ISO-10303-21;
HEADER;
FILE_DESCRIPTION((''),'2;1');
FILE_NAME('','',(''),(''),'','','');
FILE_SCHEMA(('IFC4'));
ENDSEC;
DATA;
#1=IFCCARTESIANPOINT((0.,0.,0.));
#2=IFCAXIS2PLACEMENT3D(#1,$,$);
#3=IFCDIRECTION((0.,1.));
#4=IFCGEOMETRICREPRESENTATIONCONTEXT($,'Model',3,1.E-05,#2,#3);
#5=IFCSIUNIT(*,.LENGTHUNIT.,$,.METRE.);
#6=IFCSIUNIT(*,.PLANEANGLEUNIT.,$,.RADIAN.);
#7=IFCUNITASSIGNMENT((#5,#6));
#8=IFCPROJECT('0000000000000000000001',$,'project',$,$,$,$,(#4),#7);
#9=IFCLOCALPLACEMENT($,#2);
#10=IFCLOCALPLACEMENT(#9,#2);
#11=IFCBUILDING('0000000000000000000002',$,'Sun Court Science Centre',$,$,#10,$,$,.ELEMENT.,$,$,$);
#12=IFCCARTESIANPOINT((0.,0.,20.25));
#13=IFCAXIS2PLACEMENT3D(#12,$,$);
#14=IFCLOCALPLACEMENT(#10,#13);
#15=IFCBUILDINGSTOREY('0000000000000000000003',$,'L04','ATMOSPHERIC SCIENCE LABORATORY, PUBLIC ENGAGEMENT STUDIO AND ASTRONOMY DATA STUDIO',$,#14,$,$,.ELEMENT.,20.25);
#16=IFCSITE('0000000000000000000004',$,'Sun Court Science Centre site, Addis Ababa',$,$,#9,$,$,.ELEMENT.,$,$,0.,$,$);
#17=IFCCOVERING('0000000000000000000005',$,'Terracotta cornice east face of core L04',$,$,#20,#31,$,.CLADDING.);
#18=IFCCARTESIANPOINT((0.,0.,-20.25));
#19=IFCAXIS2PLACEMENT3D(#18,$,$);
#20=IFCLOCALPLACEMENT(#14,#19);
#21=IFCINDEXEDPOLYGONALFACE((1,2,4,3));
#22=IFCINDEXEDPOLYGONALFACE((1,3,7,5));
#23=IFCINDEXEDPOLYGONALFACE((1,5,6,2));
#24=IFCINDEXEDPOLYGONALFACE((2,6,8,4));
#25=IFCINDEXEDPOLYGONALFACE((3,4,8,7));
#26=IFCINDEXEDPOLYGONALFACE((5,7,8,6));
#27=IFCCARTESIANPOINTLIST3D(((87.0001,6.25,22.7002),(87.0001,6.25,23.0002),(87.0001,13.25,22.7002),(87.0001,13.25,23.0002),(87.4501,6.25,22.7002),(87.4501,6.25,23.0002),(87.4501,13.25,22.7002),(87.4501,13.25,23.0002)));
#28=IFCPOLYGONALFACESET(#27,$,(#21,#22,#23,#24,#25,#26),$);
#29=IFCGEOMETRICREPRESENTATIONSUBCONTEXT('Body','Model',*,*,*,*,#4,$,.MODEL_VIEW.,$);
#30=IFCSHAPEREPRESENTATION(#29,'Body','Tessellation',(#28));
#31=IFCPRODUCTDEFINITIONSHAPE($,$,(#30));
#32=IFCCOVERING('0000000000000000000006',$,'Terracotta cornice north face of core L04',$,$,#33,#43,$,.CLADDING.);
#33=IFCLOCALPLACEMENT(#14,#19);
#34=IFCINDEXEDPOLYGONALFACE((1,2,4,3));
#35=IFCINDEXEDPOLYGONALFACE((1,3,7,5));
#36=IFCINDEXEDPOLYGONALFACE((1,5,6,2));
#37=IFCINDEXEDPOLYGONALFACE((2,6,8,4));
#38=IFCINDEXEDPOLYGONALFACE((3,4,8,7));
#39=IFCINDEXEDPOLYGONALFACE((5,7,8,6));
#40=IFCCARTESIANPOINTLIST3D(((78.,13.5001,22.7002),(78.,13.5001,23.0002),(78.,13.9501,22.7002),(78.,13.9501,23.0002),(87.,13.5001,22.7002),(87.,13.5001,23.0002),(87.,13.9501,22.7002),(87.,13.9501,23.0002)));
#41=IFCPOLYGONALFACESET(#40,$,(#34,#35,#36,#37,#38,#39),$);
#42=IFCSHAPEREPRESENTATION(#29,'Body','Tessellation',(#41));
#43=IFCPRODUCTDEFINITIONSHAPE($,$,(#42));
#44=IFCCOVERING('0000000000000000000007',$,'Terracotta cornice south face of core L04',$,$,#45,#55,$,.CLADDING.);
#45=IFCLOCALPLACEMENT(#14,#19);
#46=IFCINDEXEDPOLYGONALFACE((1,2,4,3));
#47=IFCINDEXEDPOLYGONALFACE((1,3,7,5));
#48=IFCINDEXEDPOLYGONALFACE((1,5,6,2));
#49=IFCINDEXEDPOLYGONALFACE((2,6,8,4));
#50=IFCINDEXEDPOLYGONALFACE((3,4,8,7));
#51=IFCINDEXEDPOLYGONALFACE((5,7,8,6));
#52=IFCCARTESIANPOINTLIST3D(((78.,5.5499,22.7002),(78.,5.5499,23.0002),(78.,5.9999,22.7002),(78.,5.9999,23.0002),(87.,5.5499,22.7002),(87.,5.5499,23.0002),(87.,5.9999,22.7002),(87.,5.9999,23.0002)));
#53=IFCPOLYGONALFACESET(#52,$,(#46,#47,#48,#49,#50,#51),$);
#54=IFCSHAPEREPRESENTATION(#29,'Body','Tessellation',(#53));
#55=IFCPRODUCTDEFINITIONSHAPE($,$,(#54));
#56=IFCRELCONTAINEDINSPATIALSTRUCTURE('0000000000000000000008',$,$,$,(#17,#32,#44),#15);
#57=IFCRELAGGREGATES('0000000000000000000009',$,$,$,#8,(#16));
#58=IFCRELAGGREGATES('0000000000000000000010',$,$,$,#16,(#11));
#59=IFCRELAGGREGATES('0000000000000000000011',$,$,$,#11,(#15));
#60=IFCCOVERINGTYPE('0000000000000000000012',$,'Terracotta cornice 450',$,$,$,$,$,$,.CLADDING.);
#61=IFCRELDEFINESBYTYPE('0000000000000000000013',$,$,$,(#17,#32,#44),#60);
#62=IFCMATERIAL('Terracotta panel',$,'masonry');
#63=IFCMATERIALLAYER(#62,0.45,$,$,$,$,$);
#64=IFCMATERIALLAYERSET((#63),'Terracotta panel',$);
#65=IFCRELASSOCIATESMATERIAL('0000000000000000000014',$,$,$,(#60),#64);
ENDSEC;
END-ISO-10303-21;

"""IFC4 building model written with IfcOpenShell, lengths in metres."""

from ifc_helpers import new_model, si_unit, direction, frame, origin, origin_2d, place, context, subcontext, project, spatial, rectangle, extrude, material, layer, layer_set, type_object, element, save


model = new_model("IFC4")

# Units and contexts
model_context = context("Model", 3, precision=1e-05, world=origin(), true_north=direction((0.0, 1.0)))
body_context = subcontext(model_context, "Body", "Model", "MODEL_VIEW")
ifc_project = project(units=[si_unit("LENGTHUNIT", "METRE"), si_unit("PLANEANGLEUNIT", "RADIAN")], contexts=[model_context])

# Site, building, storey
site_placement = place(None, origin())
site = spatial("IfcSite", under=ifc_project, at=site_placement, Name="Sun Court Science Centre site, Addis Ababa", CompositionType="ELEMENT", RefElevation=0.0)
building_placement = place(site_placement, origin())
building = spatial("IfcBuilding", under=site, at=building_placement, Name="Sun Court Science Centre", CompositionType="ELEMENT")
storey_placement = place(building_placement, frame((0.0, 0.0, 20.25)))
storey = spatial("IfcBuildingStorey", under=building, at=storey_placement, Name="L04", Description="ATMOSPHERIC SCIENCE LABORATORY, PUBLIC ENGAGEMENT STUDIO AND ASTRONOMY DATA STUDIO", CompositionType="ELEMENT", Elevation=20.25)

# Coverings
ifc_material_1 = material(Name="Terracotta panel", Category="masonry")
ifc_layer_1 = layer(ifc_material_1, 0.45)
ifc_layer_set_1 = layer_set([ifc_layer_1], Name="Terracotta panel")
covering_type_1 = type_object("IfcCoveringType", Name="Terracotta cornice 450", PredefinedType="CLADDING", material=ifc_layer_set_1)
covering_1_placement = place(storey_placement, frame((0.0, 0.0, -20.25)))
element("IfcCovering", 1, at=covering_1_placement, inside=storey, type_object=covering_type_1, Name="Terracotta cornice east face of core L04", PredefinedType="CLADDING", context=body_context, shape_type="SweptSolid", body=[
    extrude(rectangle(XDim=7.0, YDim=0.45, at=origin_2d()), frame((87.2251, 9.75, 22.7002), z_axis=(0.0, 0.0, 1.0), x_axis=(0.0, -1.0, 0.0)), (0.0, 0.0, 1.0), 0.3),
])
covering_2_placement = place(storey_placement, frame((0.0, 0.0, -20.25)))
element("IfcCovering", 2, at=covering_2_placement, inside=storey, type_object=covering_type_1, Name="Terracotta cornice north face of core L04", PredefinedType="CLADDING", context=body_context, shape_type="SweptSolid", body=[
    extrude(rectangle(XDim=9.0, YDim=0.45, at=origin_2d()), frame((82.5, 13.7251, 22.7002), z_axis=(0.0, 0.0, 1.0), x_axis=(1.0, 0.0, 0.0)), (0.0, 0.0, 1.0), 0.3),
])
covering_3_placement = place(storey_placement, frame((0.0, 0.0, -20.25)))
element("IfcCovering", 3, at=covering_3_placement, inside=storey, type_object=covering_type_1, Name="Terracotta cornice south face of core L04", PredefinedType="CLADDING", context=body_context, shape_type="SweptSolid", body=[
    extrude(rectangle(XDim=9.0, YDim=0.45, at=origin_2d()), frame((82.5, 5.7749, 22.7002), z_axis=(0.0, 0.0, 1.0), x_axis=(-1.0, 0.0, 0.0)), (0.0, 0.0, 1.0), 0.3),
])

save(model, "model.ifc")
